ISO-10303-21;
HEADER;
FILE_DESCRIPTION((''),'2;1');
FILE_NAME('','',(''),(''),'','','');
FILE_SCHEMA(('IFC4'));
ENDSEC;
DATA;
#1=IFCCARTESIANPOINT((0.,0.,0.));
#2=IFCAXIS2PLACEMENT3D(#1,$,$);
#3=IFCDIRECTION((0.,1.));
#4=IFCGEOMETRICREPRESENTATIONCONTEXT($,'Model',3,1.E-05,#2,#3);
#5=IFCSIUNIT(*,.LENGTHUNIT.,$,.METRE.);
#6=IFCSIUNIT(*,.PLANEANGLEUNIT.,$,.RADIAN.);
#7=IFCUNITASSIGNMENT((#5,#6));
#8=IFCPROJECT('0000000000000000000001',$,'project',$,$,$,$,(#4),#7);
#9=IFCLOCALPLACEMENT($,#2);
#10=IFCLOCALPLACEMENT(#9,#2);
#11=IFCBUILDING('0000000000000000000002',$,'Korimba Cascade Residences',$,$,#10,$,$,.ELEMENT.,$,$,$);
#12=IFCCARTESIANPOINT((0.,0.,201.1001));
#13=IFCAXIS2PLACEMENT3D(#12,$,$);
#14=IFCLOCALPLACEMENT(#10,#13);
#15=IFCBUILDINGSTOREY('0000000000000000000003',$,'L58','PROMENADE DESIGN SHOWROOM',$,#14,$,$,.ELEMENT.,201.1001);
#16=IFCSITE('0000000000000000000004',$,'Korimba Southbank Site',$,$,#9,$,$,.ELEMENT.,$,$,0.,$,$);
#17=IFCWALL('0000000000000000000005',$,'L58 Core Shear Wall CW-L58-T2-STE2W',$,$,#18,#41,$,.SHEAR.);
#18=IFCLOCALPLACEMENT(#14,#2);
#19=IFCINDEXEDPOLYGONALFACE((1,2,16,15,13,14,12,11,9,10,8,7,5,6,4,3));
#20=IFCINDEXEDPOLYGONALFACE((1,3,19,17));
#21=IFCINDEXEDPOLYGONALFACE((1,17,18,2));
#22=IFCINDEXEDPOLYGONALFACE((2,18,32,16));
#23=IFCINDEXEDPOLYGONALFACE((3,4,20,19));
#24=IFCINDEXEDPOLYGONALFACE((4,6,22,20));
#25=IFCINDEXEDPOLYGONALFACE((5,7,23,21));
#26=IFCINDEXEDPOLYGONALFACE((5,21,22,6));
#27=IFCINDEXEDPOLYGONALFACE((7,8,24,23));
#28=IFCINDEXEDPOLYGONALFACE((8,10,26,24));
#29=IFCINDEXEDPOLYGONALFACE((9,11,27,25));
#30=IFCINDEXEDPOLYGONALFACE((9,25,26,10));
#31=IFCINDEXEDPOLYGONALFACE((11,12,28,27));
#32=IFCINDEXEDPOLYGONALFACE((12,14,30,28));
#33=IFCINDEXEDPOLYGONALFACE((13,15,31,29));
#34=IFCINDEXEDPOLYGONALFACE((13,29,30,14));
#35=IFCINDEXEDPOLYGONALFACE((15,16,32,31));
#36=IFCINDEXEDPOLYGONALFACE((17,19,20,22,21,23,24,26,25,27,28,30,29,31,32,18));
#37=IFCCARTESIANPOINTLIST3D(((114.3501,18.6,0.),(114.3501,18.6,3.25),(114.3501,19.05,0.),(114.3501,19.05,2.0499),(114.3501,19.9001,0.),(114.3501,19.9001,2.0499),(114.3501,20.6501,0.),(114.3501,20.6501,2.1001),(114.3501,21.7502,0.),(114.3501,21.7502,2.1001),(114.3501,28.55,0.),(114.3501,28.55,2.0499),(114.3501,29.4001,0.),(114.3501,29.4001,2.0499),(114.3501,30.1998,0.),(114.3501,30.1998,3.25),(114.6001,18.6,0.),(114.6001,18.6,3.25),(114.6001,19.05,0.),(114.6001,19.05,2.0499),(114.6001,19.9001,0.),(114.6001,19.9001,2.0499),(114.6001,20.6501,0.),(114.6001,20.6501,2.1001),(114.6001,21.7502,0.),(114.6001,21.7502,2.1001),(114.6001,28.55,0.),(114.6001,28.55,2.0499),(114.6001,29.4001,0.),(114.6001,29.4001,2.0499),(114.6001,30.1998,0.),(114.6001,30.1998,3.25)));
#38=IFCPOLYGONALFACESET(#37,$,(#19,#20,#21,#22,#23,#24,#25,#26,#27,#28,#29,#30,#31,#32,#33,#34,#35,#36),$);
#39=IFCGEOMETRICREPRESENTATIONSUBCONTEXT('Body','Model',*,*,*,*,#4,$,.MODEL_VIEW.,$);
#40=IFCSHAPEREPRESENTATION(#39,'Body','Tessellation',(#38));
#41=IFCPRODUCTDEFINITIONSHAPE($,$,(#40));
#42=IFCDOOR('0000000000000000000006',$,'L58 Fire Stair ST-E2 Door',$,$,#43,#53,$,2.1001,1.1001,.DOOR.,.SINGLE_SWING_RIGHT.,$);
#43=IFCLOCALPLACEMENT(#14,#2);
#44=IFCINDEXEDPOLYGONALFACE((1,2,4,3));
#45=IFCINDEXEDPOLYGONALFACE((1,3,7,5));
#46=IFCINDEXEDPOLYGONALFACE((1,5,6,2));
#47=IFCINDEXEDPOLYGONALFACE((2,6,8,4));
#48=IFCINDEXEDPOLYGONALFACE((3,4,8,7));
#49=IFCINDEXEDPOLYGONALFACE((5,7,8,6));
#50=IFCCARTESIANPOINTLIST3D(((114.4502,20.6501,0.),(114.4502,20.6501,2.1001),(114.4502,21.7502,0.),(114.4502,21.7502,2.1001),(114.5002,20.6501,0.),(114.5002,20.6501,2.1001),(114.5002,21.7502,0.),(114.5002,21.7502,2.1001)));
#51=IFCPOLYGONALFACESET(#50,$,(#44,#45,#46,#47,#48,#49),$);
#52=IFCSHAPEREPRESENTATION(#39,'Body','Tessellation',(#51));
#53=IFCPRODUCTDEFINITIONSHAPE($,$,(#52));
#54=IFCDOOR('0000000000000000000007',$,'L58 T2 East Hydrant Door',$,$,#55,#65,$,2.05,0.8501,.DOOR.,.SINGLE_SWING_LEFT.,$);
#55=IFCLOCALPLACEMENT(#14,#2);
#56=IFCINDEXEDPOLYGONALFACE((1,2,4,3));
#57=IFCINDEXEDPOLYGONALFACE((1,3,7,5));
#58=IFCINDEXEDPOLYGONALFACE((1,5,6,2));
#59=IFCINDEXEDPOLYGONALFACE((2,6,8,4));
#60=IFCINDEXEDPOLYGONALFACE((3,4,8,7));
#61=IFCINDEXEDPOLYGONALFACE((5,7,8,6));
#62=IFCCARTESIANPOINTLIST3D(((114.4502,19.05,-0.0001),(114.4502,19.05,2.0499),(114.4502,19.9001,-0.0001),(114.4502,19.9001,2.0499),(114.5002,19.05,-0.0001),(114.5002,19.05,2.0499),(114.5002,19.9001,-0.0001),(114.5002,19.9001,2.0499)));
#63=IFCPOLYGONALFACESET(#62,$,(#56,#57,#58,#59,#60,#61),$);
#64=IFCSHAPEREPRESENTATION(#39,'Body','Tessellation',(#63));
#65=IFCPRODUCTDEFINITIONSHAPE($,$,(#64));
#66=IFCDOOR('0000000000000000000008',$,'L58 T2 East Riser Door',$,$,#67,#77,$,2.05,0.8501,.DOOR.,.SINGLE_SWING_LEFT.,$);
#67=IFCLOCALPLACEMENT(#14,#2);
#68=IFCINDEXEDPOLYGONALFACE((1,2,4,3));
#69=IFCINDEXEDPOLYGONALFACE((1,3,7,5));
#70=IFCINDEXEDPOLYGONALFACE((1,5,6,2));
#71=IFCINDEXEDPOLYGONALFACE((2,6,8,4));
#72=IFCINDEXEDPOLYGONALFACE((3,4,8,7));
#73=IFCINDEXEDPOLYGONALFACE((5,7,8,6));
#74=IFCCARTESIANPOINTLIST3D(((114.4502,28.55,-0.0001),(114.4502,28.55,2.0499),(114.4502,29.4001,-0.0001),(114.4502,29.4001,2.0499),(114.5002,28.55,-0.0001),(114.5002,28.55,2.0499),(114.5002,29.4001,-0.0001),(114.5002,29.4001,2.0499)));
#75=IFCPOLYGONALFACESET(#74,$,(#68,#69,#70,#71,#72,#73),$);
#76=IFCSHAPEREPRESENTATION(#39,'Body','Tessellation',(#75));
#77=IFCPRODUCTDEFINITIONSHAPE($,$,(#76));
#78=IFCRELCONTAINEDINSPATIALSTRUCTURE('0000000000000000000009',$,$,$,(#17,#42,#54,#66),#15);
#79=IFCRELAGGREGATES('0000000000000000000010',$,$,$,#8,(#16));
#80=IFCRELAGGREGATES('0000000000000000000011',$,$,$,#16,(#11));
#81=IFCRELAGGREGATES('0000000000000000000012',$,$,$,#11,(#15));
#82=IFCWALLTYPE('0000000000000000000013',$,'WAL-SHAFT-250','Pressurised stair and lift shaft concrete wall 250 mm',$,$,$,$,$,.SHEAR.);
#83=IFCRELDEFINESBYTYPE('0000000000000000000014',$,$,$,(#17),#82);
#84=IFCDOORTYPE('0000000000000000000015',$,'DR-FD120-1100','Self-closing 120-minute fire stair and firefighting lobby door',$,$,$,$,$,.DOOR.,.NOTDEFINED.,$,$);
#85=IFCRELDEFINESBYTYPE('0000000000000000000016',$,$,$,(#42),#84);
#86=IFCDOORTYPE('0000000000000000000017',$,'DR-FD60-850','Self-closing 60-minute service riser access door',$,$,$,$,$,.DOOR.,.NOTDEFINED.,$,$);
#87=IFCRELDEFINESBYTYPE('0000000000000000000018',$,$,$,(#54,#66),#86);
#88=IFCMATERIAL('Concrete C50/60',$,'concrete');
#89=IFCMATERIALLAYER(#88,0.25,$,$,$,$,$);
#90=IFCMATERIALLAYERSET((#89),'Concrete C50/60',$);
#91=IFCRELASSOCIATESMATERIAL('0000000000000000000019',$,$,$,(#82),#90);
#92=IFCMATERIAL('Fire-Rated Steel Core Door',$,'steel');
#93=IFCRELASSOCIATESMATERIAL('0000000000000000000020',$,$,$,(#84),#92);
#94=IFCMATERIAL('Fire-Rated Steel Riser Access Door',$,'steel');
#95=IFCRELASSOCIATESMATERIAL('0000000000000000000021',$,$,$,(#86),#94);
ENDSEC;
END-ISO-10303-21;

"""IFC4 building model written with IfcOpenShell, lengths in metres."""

from ifc_helpers import new_model, si_unit, direction, frame, frame_2d, origin, place, context, subcontext, project, spatial, rectangle, extrude, material, layer, layer_set, type_object, element, fill, save


model = new_model("IFC4")

# Units and contexts
model_context = context("Model", 3, precision=1e-05, world=origin(), true_north=direction((0.0, 1.0)))
body_context = subcontext(model_context, "Body", "Model", "MODEL_VIEW")
ifc_project = project(units=[si_unit("LENGTHUNIT", "METRE"), si_unit("PLANEANGLEUNIT", "RADIAN")], contexts=[model_context])

# Site, building, storey
site_placement = place(None, origin())
site = spatial("IfcSite", under=ifc_project, at=site_placement, Name="Korimba Southbank Site", CompositionType="ELEMENT", RefElevation=0.0)
building_placement = place(site_placement, origin())
building = spatial("IfcBuilding", under=site, at=building_placement, Name="Korimba Cascade Residences", CompositionType="ELEMENT")
storey_placement = place(building_placement, frame((0.0, 0.0, 201.1001)))
storey = spatial("IfcBuildingStorey", under=building, at=storey_placement, Name="L58", Description="PROMENADE DESIGN SHOWROOM", CompositionType="ELEMENT", Elevation=201.1001)

# Shared definitions
ifc_material_1 = material(Name="Concrete C50/60", Category="concrete")

# Wall, openings, doors
ifc_layer_1 = layer(ifc_material_1, 0.25)
ifc_layer_set_1 = layer_set([ifc_layer_1], Name="Concrete C50/60")
wall_type_1 = type_object("IfcWallType", Name="WAL-SHAFT-250", Description="Pressurised stair and lift shaft concrete wall 250 mm", PredefinedType="SHEAR", material=ifc_layer_set_1)
wall_1_placement = place(storey_placement, frame((114.4751, 18.6001, 0.0), z_axis=(0.0, 0.0, 1.0), x_axis=(0.0, 1.0, 0.0)))
wall_1 = element("IfcWall", 1, at=wall_1_placement, inside=storey, type_object=wall_type_1, Name="L58 Core Shear Wall CW-L58-T2-STE2W", PredefinedType="SHEAR", context=body_context, shape_type="SweptSolid", body=[
    extrude(rectangle(XDim=11.5999, YDim=0.25, at=frame_2d((5.7998, 0.0))), origin(), (0.0, 0.0, 1.0), 3.25),
])
opening_1_placement = place(wall_1_placement, frame((0.45, 0.0, 0.0)))
opening_1 = element("IfcOpeningElement", 2, at=opening_1_placement, cuts=wall_1, PredefinedType="OPENING", context=body_context, shape_type="SweptSolid", body=[
    extrude(rectangle(XDim=0.8501, YDim=2.05, at=frame_2d((0.425, 1.0249))), frame((0.0, 0.135, 0.0), z_axis=(0.0, -1.0, 0.0), x_axis=(1.0, 0.0, 0.0)), (0.0, 0.0, 1.0), 0.27),
])
opening_2_placement = place(wall_1_placement, frame((2.05, 0.0, 0.0)))
opening_2 = element("IfcOpeningElement", 3, at=opening_2_placement, cuts=wall_1, PredefinedType="OPENING", context=body_context, shape_type="SweptSolid", body=[
    extrude(rectangle(XDim=1.1001, YDim=2.1001, at=frame_2d((0.55, 1.05))), frame((0.0, 0.135, 0.0), z_axis=(0.0, -1.0, 0.0), x_axis=(1.0, 0.0, 0.0)), (0.0, 0.0, 1.0), 0.27),
])
opening_3_placement = place(wall_1_placement, frame((9.95, 0.0, 0.0)))
opening_3 = element("IfcOpeningElement", 4, at=opening_3_placement, cuts=wall_1, PredefinedType="OPENING", context=body_context, shape_type="SweptSolid", body=[
    extrude(rectangle(XDim=0.8501, YDim=2.05, at=frame_2d((0.425, 1.0249))), frame((0.0, 0.135, 0.0), z_axis=(0.0, -1.0, 0.0), x_axis=(1.0, 0.0, 0.0)), (0.0, 0.0, 1.0), 0.27),
])
ifc_material_2 = material(Name="Fire-Rated Steel Core Door", Category="steel")
door_type_1 = type_object("IfcDoorType", Name="DR-FD120-1100", Description="Self-closing 120-minute fire stair and firefighting lobby door", OperationType="NOTDEFINED", PredefinedType="DOOR", material=ifc_material_2)
door_1_placement = place(opening_2_placement, origin())
door_1 = element("IfcDoor", 5, at=door_1_placement, inside=storey, type_object=door_type_1, Name="L58 Fire Stair ST-E2 Door", OperationType="SINGLE_SWING_RIGHT", OverallHeight=2.1001, OverallWidth=1.1001, PredefinedType="DOOR", context=body_context, shape_type="SweptSolid", body=[
    extrude(rectangle(XDim=1.1001, YDim=2.1001, at=frame_2d((0.55, 1.05))), frame((0.0, 0.0249, 0.0), z_axis=(0.0, -1.0, 0.0), x_axis=(1.0, 0.0, 0.0)), (0.0, 0.0, 1.0), 0.05),
])
fill(opening_2, door_1)
ifc_material_3 = material(Name="Fire-Rated Steel Riser Access Door", Category="steel")
door_type_2 = type_object("IfcDoorType", Name="DR-FD60-850", Description="Self-closing 60-minute service riser access door", OperationType="NOTDEFINED", PredefinedType="DOOR", material=ifc_material_3)
door_2_placement = place(opening_1_placement, origin())
door_2 = element("IfcDoor", 6, at=door_2_placement, inside=storey, type_object=door_type_2, Name="L58 T2 East Hydrant Door", OperationType="SINGLE_SWING_LEFT", OverallHeight=2.05, OverallWidth=0.8501, PredefinedType="DOOR", context=body_context, shape_type="SweptSolid", body=[
    extrude(rectangle(XDim=0.8501, YDim=2.05, at=frame_2d((0.425, 1.0249))), frame((0.0, 0.0249, 0.0), z_axis=(0.0, -1.0, 0.0), x_axis=(1.0, 0.0, 0.0)), (0.0, 0.0, 1.0), 0.05),
])
fill(opening_1, door_2)
door_3_placement = place(opening_3_placement, origin())
door_3 = element("IfcDoor", 7, at=door_3_placement, inside=storey, type_object=door_type_2, Name="L58 T2 East Riser Door", OperationType="SINGLE_SWING_LEFT", OverallHeight=2.05, OverallWidth=0.8501, PredefinedType="DOOR", context=body_context, shape_type="SweptSolid", body=[
    extrude(rectangle(XDim=0.8501, YDim=2.05, at=frame_2d((0.425, 1.0249))), frame((0.0, 0.0249, 0.0), z_axis=(0.0, -1.0, 0.0), x_axis=(1.0, 0.0, 0.0)), (0.0, 0.0, 1.0), 0.05),
])
fill(opening_3, door_3)

save(model, "model.ifc")
